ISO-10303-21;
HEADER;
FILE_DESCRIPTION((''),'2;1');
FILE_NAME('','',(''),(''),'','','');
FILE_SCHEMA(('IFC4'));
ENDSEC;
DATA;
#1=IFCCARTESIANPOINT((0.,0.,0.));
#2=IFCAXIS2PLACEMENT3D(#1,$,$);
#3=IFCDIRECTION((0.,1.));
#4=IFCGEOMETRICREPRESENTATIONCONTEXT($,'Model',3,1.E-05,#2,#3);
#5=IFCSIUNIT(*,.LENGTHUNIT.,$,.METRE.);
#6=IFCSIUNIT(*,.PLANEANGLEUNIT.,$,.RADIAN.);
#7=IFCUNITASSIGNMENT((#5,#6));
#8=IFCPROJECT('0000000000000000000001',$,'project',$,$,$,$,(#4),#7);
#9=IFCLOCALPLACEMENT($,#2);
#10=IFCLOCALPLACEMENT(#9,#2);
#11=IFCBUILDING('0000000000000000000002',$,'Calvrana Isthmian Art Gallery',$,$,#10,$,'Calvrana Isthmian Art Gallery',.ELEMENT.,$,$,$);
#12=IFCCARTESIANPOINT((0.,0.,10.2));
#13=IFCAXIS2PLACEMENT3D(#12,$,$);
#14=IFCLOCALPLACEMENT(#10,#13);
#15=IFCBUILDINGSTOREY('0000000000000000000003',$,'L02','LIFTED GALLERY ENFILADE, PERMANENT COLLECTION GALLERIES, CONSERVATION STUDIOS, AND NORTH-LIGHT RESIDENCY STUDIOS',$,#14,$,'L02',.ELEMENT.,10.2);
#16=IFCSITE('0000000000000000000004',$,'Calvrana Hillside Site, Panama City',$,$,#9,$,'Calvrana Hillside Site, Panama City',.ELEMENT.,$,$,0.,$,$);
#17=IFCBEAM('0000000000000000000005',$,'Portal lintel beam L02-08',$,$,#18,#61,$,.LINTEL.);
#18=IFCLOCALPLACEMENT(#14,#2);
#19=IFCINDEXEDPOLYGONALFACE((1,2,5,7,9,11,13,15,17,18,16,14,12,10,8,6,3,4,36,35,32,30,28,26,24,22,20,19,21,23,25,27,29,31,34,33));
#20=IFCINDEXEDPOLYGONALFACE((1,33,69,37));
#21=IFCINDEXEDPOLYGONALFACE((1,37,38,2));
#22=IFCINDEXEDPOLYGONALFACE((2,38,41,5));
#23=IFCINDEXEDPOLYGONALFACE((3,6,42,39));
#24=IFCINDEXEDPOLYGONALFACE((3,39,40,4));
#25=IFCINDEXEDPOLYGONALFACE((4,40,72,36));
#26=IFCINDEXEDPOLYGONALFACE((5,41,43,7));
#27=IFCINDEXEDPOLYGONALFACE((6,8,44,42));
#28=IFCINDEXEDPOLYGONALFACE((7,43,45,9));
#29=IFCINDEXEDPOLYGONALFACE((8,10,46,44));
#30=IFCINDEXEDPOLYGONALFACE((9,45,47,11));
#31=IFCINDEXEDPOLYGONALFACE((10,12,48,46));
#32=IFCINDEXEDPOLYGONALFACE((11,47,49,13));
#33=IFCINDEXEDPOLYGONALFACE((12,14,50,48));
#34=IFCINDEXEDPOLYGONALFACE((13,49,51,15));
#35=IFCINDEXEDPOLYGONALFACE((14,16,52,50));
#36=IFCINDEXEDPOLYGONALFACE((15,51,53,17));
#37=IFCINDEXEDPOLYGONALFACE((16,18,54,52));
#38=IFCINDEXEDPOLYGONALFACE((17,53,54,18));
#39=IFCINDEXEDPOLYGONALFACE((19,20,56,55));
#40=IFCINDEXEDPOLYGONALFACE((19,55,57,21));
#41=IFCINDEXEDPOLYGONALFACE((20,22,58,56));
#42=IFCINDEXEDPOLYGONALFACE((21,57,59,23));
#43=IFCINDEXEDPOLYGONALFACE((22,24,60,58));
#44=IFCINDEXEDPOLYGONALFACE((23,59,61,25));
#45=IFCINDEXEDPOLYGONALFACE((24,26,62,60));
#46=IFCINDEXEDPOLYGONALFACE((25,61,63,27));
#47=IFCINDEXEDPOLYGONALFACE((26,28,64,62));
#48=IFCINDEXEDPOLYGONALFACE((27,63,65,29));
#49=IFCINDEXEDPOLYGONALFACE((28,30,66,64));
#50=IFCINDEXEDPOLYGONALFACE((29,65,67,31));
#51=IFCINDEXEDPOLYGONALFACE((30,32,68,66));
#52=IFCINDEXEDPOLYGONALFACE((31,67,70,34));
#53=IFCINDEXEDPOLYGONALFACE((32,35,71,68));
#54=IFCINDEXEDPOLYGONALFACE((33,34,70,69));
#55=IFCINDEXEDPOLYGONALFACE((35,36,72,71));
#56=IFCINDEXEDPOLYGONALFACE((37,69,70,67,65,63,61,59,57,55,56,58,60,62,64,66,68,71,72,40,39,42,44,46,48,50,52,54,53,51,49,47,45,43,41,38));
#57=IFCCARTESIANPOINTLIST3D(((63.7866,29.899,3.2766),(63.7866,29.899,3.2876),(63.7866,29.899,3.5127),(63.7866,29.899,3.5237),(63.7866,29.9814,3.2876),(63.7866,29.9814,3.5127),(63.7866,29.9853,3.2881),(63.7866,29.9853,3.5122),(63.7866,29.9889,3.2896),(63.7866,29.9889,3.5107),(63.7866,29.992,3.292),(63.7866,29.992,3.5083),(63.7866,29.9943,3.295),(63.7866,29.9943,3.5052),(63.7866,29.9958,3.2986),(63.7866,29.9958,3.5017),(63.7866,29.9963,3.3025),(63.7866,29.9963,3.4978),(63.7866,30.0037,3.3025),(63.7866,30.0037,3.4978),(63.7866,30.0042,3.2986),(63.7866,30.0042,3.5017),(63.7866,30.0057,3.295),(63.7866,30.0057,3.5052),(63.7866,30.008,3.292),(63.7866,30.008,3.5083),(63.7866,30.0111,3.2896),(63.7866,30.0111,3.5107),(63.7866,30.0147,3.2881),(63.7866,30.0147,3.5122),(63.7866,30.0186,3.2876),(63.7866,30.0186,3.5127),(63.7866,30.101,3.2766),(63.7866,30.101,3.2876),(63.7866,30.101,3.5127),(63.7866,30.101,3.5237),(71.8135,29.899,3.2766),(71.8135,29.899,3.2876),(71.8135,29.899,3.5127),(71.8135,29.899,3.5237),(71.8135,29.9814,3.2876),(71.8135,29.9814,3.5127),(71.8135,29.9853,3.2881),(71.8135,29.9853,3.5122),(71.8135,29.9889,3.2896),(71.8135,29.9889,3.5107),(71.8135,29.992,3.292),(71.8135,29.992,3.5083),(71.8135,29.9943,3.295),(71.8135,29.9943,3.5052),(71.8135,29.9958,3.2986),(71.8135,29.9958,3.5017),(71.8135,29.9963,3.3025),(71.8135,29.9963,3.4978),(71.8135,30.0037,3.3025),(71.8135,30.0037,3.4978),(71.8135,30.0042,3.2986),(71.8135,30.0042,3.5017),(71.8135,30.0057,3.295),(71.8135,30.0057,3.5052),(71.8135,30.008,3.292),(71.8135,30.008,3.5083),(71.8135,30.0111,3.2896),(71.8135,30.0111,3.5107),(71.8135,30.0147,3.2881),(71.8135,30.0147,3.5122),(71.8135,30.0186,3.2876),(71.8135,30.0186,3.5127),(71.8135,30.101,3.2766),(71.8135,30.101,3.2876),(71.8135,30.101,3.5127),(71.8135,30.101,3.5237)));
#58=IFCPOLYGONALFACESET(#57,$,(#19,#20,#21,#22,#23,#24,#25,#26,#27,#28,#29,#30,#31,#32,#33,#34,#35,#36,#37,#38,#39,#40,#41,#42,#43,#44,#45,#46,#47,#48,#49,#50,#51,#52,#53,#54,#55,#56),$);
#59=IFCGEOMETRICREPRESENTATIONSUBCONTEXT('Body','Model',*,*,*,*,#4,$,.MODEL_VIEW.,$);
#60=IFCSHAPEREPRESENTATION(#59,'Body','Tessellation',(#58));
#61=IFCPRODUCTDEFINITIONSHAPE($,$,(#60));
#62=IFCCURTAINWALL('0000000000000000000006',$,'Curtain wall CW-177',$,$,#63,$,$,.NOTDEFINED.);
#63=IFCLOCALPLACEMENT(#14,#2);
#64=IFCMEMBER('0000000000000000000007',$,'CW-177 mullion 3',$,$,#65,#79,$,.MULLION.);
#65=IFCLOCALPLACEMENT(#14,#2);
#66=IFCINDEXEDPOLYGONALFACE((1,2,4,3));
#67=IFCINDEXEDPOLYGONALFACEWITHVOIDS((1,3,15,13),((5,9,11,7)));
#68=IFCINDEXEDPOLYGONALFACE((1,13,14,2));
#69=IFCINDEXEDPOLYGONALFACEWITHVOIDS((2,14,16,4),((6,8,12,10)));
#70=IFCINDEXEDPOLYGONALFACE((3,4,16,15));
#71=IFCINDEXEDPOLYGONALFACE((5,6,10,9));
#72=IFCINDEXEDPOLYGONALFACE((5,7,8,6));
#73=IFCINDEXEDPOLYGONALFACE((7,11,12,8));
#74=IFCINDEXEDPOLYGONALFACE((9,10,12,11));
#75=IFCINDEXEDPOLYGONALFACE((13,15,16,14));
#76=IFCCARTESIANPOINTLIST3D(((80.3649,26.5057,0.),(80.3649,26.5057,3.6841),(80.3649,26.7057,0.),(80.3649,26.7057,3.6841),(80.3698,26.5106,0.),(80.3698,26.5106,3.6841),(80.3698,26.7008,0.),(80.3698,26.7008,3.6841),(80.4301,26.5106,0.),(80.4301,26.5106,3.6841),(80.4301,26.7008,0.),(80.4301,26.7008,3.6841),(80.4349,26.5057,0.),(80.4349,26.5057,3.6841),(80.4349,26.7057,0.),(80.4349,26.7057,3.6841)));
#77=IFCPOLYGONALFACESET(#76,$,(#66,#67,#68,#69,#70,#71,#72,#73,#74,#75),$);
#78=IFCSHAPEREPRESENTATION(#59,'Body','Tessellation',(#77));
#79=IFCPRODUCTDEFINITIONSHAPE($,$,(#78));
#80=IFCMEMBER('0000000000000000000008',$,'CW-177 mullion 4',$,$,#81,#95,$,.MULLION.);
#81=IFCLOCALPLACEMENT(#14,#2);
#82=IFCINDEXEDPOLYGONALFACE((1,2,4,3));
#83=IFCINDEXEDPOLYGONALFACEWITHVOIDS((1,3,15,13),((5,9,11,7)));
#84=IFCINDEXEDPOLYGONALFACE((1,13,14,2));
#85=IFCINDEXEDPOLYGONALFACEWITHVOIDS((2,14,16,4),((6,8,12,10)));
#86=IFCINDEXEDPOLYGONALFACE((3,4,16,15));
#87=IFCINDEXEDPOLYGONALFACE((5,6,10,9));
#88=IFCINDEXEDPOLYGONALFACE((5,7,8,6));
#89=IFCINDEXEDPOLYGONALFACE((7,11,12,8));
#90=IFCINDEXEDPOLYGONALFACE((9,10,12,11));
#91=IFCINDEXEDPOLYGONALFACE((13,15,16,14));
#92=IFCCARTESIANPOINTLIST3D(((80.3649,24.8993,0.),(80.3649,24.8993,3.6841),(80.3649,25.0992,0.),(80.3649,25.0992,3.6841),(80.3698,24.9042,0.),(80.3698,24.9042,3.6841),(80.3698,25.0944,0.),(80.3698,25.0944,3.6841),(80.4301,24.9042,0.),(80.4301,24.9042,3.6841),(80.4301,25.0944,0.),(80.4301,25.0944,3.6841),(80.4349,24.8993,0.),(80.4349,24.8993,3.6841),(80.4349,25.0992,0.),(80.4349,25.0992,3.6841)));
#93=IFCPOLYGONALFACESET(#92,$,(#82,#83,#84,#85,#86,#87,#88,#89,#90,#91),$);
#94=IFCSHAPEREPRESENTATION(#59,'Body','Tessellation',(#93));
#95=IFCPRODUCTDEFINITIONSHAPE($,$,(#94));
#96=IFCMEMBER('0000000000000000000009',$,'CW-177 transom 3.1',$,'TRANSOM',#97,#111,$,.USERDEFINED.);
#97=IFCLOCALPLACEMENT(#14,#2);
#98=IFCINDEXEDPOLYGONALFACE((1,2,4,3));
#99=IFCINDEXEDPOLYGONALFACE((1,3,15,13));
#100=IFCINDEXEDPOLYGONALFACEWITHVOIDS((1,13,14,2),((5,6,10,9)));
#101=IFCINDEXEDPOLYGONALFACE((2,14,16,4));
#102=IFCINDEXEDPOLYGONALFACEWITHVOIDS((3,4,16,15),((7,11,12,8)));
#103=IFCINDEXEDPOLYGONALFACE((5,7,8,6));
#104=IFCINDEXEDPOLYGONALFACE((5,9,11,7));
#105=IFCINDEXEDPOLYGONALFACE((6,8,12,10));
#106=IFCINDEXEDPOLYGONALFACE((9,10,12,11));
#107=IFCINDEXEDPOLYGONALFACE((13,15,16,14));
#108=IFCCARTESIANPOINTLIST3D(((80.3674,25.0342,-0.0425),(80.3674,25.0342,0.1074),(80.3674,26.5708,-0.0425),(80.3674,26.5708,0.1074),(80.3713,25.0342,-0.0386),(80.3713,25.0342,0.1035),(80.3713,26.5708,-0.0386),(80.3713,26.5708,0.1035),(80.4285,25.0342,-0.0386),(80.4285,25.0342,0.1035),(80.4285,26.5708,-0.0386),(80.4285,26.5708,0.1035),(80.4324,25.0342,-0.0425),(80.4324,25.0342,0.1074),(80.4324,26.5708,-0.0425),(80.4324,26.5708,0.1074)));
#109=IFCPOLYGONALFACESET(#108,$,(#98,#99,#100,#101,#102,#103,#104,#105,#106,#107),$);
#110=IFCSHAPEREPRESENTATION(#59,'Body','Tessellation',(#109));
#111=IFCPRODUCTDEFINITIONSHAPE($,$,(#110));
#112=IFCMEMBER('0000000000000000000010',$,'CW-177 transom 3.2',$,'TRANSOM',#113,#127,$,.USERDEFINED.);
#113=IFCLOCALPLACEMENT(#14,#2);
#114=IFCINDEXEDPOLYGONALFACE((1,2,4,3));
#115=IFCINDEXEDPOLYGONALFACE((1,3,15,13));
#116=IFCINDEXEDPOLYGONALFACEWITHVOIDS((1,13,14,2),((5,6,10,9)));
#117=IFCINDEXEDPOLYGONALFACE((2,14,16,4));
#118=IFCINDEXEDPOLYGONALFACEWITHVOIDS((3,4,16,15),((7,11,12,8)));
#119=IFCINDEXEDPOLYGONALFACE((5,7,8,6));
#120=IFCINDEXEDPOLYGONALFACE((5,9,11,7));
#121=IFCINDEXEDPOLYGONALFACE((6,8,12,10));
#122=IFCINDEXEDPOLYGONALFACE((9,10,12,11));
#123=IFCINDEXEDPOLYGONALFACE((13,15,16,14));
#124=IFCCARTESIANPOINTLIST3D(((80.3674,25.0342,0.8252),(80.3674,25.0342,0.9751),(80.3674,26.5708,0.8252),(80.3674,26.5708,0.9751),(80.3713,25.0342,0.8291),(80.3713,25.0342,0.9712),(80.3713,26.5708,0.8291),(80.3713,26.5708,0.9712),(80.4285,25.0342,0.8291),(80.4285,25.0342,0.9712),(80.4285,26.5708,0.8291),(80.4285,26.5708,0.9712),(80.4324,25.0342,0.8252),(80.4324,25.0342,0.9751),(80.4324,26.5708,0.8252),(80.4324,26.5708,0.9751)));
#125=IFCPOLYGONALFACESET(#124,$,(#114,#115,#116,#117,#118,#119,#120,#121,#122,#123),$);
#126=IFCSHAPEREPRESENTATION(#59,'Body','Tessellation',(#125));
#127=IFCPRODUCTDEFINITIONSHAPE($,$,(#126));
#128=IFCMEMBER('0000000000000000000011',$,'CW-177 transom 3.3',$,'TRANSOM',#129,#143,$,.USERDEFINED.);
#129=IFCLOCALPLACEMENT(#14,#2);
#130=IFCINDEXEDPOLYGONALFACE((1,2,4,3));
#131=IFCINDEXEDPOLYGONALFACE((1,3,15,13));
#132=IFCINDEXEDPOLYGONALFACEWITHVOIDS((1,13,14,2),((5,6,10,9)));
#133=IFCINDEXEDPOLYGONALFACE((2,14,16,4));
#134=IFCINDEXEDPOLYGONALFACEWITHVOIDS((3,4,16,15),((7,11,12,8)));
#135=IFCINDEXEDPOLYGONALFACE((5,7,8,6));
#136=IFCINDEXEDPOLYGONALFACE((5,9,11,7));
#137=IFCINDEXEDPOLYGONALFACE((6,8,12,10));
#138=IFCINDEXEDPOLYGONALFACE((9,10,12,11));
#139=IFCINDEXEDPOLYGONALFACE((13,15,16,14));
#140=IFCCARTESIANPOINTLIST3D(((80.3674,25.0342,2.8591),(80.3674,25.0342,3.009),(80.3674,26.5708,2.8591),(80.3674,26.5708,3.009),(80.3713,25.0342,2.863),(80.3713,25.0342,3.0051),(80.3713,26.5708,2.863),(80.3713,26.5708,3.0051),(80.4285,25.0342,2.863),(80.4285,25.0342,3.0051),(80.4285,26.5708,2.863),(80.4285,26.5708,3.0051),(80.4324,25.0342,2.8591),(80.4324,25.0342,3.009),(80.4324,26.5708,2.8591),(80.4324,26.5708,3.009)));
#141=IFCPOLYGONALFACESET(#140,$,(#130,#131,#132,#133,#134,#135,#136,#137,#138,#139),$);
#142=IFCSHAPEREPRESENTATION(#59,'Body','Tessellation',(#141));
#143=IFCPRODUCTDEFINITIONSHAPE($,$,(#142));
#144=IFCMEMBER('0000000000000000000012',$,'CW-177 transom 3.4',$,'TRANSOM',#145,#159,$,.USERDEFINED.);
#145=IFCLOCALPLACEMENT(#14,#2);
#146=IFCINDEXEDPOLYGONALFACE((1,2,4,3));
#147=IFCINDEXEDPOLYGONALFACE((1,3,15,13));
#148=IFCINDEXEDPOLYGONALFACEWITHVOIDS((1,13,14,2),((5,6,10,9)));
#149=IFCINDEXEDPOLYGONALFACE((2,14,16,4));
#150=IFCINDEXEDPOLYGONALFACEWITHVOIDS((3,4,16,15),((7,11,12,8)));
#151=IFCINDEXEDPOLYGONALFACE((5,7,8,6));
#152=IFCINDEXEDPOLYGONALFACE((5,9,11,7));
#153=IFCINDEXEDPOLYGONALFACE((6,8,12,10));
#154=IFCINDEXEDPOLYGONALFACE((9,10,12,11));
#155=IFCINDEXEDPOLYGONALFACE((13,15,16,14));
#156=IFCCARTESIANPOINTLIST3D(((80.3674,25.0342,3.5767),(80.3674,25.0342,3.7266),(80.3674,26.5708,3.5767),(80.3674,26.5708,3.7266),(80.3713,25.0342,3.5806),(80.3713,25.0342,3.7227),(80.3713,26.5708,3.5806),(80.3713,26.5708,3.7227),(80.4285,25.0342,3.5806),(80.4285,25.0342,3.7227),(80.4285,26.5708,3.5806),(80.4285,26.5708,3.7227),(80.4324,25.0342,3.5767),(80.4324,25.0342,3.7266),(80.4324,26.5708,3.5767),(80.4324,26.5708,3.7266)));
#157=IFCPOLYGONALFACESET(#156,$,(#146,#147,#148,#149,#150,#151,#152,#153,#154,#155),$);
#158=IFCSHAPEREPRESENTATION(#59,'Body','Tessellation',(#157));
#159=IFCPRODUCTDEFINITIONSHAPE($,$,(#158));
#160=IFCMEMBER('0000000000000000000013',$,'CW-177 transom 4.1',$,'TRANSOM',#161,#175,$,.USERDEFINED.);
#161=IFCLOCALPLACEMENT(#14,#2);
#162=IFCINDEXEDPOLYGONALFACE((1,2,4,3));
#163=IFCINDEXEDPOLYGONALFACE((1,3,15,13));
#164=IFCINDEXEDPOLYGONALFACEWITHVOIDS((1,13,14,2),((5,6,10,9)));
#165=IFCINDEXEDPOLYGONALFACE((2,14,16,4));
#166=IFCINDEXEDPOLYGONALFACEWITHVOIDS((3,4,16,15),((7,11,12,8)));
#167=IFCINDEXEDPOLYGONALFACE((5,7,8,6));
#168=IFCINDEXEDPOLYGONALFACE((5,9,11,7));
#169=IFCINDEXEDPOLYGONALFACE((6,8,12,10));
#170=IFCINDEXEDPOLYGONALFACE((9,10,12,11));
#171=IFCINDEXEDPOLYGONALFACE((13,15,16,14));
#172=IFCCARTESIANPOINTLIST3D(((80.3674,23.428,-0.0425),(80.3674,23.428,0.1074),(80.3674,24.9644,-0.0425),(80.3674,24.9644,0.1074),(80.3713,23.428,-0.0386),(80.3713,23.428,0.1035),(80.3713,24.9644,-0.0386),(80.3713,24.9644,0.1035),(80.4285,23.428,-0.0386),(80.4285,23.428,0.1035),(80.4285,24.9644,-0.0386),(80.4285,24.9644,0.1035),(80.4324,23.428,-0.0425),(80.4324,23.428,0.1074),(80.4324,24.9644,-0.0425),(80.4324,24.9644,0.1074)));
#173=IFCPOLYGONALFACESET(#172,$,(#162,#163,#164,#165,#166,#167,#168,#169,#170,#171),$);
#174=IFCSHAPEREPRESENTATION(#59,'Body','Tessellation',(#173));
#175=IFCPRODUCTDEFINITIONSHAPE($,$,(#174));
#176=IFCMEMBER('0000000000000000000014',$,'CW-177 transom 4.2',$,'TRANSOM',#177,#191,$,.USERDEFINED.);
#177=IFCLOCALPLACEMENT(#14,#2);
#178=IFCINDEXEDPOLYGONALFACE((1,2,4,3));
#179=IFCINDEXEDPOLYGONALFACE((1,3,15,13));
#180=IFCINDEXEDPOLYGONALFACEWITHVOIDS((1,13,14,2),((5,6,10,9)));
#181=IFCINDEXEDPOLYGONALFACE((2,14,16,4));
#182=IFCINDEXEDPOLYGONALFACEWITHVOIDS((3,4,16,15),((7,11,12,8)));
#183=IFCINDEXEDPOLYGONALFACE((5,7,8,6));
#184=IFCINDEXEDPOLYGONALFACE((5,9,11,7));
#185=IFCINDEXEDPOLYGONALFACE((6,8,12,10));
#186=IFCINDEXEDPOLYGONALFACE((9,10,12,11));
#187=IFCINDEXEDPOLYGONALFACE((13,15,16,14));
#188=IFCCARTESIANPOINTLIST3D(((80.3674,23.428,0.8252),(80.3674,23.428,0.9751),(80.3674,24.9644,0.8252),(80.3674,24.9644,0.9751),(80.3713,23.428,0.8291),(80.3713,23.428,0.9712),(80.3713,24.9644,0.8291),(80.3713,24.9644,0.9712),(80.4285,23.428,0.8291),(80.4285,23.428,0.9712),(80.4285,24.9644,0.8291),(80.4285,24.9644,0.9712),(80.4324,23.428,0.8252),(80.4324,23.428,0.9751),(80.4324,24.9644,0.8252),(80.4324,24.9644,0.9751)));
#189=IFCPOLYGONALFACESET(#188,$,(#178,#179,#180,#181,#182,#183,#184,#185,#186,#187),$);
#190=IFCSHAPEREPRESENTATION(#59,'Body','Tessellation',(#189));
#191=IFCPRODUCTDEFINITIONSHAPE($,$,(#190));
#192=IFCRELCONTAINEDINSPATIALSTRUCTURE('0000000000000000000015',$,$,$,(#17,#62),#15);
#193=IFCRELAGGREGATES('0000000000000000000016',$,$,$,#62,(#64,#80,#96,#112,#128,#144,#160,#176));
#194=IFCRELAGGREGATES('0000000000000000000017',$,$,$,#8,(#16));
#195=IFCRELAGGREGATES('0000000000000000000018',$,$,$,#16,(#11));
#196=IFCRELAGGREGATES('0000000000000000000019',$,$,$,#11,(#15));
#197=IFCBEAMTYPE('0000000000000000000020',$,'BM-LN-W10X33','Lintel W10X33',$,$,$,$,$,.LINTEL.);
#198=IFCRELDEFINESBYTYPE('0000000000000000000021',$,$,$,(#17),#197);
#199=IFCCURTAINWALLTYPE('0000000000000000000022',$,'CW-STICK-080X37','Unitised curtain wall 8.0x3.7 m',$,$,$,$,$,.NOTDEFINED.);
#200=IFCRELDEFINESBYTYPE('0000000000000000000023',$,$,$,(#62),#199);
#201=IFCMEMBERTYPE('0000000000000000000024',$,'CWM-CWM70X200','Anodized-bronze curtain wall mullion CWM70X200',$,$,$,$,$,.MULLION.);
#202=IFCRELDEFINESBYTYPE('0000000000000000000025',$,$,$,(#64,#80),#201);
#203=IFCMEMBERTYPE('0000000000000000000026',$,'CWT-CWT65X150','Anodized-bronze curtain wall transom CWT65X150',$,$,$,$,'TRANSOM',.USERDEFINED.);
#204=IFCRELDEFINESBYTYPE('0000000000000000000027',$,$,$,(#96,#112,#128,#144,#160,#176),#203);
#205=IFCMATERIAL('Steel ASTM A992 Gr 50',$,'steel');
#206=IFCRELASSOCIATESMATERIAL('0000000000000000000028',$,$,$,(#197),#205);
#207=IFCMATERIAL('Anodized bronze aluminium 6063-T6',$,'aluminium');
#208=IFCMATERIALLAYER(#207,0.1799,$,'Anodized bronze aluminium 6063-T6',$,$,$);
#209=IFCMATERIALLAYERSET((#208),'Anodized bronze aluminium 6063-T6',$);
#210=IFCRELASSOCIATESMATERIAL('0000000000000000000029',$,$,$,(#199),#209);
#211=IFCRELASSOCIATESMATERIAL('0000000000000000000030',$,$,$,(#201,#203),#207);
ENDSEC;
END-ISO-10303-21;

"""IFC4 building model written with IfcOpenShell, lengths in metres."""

from ifc_helpers import new_model, si_unit, direction, frame, origin, origin_2d, place, context, subcontext, project, spatial, hollow_rectangle, i_section, extrude, material, layer, layer_set, material_profile, profile_set, type_object, element, aggregate, save


model = new_model("IFC4")

# Units and contexts
model_context = context("Model", 3, precision=1e-05, world=origin(), true_north=direction((0.0, 1.0)))
body_context = subcontext(model_context, "Body", "Model", "MODEL_VIEW")
ifc_project = project(units=[si_unit("LENGTHUNIT", "METRE"), si_unit("PLANEANGLEUNIT", "RADIAN")], contexts=[model_context])

# Site, building, storey
site_placement = place(None, origin())
site = spatial("IfcSite", under=ifc_project, at=site_placement, Name="Calvrana Hillside Site, Panama City", LongName="Calvrana Hillside Site, Panama City", CompositionType="ELEMENT", RefElevation=0.0)
building_placement = place(site_placement, origin())
building = spatial("IfcBuilding", under=site, at=building_placement, Name="Calvrana Isthmian Art Gallery", LongName="Calvrana Isthmian Art Gallery", CompositionType="ELEMENT")
storey_placement = place(building_placement, frame((0.0, 0.0, 10.2)))
storey = spatial("IfcBuildingStorey", under=building, at=storey_placement, Name="L02", Description="LIFTED GALLERY ENFILADE, PERMANENT COLLECTION GALLERIES, CONSERVATION STUDIOS, AND NORTH-LIGHT RESIDENCY STUDIOS", LongName="L02", CompositionType="ELEMENT", Elevation=10.2)

# Shared definitions
ifc_material_1 = material(Name="Steel ASTM A992 Gr 50", Category="steel")

# Beam
ifc_material_profile_1 = material_profile(ifc_material_1, i_section(OverallWidth=0.2019, OverallDepth=0.2471, WebThickness=0.0073, FlangeThickness=0.011, FilletRadius=0.0149, at=origin_2d()), Name="W10X33")
ifc_profile_set_1 = profile_set([ifc_material_profile_1], Name="Steel ASTM A992 Gr 50")
beam_type_1 = type_object("IfcBeamType", Name="BM-LN-W10X33", Description="Lintel W10X33", PredefinedType="LINTEL", material=ifc_profile_set_1)
beam_1_placement = place(storey_placement, frame((63.7866, 30.0, 3.4001), z_axis=(1.0, 0.0, 0.0), x_axis=(0.0, 1.0, 0.0)))
element("IfcBeam", 1, at=beam_1_placement, inside=storey, type_object=beam_type_1, Name="Portal lintel beam L02-08", PredefinedType="LINTEL", context=body_context, shape_type="SweptSolid", body=[
    extrude(i_section(OverallWidth=0.2019, OverallDepth=0.2471, WebThickness=0.0073, FlangeThickness=0.011, FilletRadius=0.0149, at=origin_2d()), origin(), (0.0, 0.0, 1.0), 8.0269),
])

# Curtain wall, members
ifc_material_2 = material(Name="Anodized bronze aluminium 6063-T6", Category="aluminium")
ifc_layer_1 = layer(ifc_material_2, 0.1799, Name="Anodized bronze aluminium 6063-T6")
ifc_layer_set_1 = layer_set([ifc_layer_1], Name="Anodized bronze aluminium 6063-T6")
curtain_wall_type = type_object("IfcCurtainWallType", Name="CW-STICK-080X37", Description="Unitised curtain wall 8.0x3.7 m", PredefinedType="NOTDEFINED", material=ifc_layer_set_1)
curtain_wall_placement = place(storey_placement, origin())
curtain_wall = element("IfcCurtainWall", 2, at=curtain_wall_placement, inside=storey, type_object=curtain_wall_type, Name="Curtain wall CW-177", PredefinedType="NOTDEFINED")
ifc_material_profile_2 = material_profile(ifc_material_2, hollow_rectangle(XDim=0.0701, YDim=0.2, WallThickness=0.0049, at=origin_2d()), Name="CWM70X200")
ifc_profile_set_2 = profile_set([ifc_material_profile_2], Name="Anodized bronze aluminium 6063-T6")
member_type_1 = type_object("IfcMemberType", Name="CWM-CWM70X200", Description="Anodized-bronze curtain wall mullion CWM70X200", PredefinedType="MULLION", material=ifc_profile_set_2)
member_1_placement = place(storey_placement, frame((80.3999, 26.6057, 0.0), z_axis=(0.0, 0.0, 1.0), x_axis=(1.0, 0.0, 0.0)))
member_1 = element("IfcMember", 3, at=member_1_placement, type_object=member_type_1, Name="CW-177 mullion 3", PredefinedType="MULLION", context=body_context, shape_type="SweptSolid", body=[
    extrude(hollow_rectangle(XDim=0.0701, YDim=0.2, WallThickness=0.0049, at=origin_2d()), origin(), (0.0, 0.0, 1.0), 3.6841),
])
member_2_placement = place(storey_placement, frame((80.3999, 24.9993, 0.0), z_axis=(0.0, 0.0, 1.0), x_axis=(1.0, 0.0, 0.0)))
member_2 = element("IfcMember", 4, at=member_2_placement, type_object=member_type_1, Name="CW-177 mullion 4", PredefinedType="MULLION", context=body_context, shape_type="SweptSolid", body=[
    extrude(hollow_rectangle(XDim=0.0701, YDim=0.2, WallThickness=0.0049, at=origin_2d()), origin(), (0.0, 0.0, 1.0), 3.6841),
])
ifc_material_profile_3 = material_profile(ifc_material_2, hollow_rectangle(XDim=0.0649, YDim=0.1499, WallThickness=0.0039, at=origin_2d()), Name="CWT65X150")
ifc_profile_set_3 = profile_set([ifc_material_profile_3], Name="Anodized bronze aluminium 6063-T6")
member_type_2 = type_object("IfcMemberType", Name="CWT-CWT65X150", Description="Anodized-bronze curtain wall transom CWT65X150", ElementType="TRANSOM", PredefinedType="USERDEFINED", material=ifc_profile_set_3)
member_3_placement = place(storey_placement, frame((80.3999, 26.5708, 0.0325), z_axis=(0.0, -1.0, 0.0), x_axis=(1.0, 0.0, 0.0)))
member_3 = element("IfcMember", 5, at=member_3_placement, type_object=member_type_2, Name="CW-177 transom 3.1", ObjectType="TRANSOM", PredefinedType="USERDEFINED", context=body_context, shape_type="SweptSolid", body=[
    extrude(hollow_rectangle(XDim=0.0649, YDim=0.1499, WallThickness=0.0039, at=origin_2d()), origin(), (0.0, 0.0, 1.0), 1.5366),
])
member_4_placement = place(storey_placement, frame((80.3999, 26.5708, 0.9001), z_axis=(0.0, -1.0, 0.0), x_axis=(1.0, 0.0, 0.0)))
member_4 = element("IfcMember", 6, at=member_4_placement, type_object=member_type_2, Name="CW-177 transom 3.2", ObjectType="TRANSOM", PredefinedType="USERDEFINED", context=body_context, shape_type="SweptSolid", body=[
    extrude(hollow_rectangle(XDim=0.0649, YDim=0.1499, WallThickness=0.0039, at=origin_2d()), origin(), (0.0, 0.0, 1.0), 1.5366),
])
member_5_placement = place(storey_placement, frame((80.3999, 26.5708, 2.9341), z_axis=(0.0, -1.0, 0.0), x_axis=(1.0, 0.0, 0.0)))
member_5 = element("IfcMember", 7, at=member_5_placement, type_object=member_type_2, Name="CW-177 transom 3.3", ObjectType="TRANSOM", PredefinedType="USERDEFINED", context=body_context, shape_type="SweptSolid", body=[
    extrude(hollow_rectangle(XDim=0.0649, YDim=0.1499, WallThickness=0.0039, at=origin_2d()), origin(), (0.0, 0.0, 1.0), 1.5366),
])
member_6_placement = place(storey_placement, frame((80.3999, 26.5708, 3.6516), z_axis=(0.0, -1.0, 0.0), x_axis=(1.0, 0.0, 0.0)))
member_6 = element("IfcMember", 8, at=member_6_placement, type_object=member_type_2, Name="CW-177 transom 3.4", ObjectType="TRANSOM", PredefinedType="USERDEFINED", context=body_context, shape_type="SweptSolid", body=[
    extrude(hollow_rectangle(XDim=0.0649, YDim=0.1499, WallThickness=0.0039, at=origin_2d()), origin(), (0.0, 0.0, 1.0), 1.5366),
])
member_7_placement = place(storey_placement, frame((80.3999, 24.9644, 0.0325), z_axis=(0.0, -1.0, 0.0), x_axis=(1.0, 0.0, 0.0)))
member_7 = element("IfcMember", 9, at=member_7_placement, type_object=member_type_2, Name="CW-177 transom 4.1", ObjectType="TRANSOM", PredefinedType="USERDEFINED", context=body_context, shape_type="SweptSolid", body=[
    extrude(hollow_rectangle(XDim=0.0649, YDim=0.1499, WallThickness=0.0039, at=origin_2d()), origin(), (0.0, 0.0, 1.0), 1.5364),
])
member_8_placement = place(storey_placement, frame((80.3999, 24.9644, 0.9001), z_axis=(0.0, -1.0, 0.0), x_axis=(1.0, 0.0, 0.0)))
member_8 = element("IfcMember", 10, at=member_8_placement, type_object=member_type_2, Name="CW-177 transom 4.2", ObjectType="TRANSOM", PredefinedType="USERDEFINED", context=body_context, shape_type="SweptSolid", body=[
    extrude(hollow_rectangle(XDim=0.0649, YDim=0.1499, WallThickness=0.0039, at=origin_2d()), origin(), (0.0, 0.0, 1.0), 1.5364),
])
aggregate(curtain_wall, [member_1, member_2, member_3, member_4, member_5, member_6, member_7, member_8])

save(model, "model.ifc")
